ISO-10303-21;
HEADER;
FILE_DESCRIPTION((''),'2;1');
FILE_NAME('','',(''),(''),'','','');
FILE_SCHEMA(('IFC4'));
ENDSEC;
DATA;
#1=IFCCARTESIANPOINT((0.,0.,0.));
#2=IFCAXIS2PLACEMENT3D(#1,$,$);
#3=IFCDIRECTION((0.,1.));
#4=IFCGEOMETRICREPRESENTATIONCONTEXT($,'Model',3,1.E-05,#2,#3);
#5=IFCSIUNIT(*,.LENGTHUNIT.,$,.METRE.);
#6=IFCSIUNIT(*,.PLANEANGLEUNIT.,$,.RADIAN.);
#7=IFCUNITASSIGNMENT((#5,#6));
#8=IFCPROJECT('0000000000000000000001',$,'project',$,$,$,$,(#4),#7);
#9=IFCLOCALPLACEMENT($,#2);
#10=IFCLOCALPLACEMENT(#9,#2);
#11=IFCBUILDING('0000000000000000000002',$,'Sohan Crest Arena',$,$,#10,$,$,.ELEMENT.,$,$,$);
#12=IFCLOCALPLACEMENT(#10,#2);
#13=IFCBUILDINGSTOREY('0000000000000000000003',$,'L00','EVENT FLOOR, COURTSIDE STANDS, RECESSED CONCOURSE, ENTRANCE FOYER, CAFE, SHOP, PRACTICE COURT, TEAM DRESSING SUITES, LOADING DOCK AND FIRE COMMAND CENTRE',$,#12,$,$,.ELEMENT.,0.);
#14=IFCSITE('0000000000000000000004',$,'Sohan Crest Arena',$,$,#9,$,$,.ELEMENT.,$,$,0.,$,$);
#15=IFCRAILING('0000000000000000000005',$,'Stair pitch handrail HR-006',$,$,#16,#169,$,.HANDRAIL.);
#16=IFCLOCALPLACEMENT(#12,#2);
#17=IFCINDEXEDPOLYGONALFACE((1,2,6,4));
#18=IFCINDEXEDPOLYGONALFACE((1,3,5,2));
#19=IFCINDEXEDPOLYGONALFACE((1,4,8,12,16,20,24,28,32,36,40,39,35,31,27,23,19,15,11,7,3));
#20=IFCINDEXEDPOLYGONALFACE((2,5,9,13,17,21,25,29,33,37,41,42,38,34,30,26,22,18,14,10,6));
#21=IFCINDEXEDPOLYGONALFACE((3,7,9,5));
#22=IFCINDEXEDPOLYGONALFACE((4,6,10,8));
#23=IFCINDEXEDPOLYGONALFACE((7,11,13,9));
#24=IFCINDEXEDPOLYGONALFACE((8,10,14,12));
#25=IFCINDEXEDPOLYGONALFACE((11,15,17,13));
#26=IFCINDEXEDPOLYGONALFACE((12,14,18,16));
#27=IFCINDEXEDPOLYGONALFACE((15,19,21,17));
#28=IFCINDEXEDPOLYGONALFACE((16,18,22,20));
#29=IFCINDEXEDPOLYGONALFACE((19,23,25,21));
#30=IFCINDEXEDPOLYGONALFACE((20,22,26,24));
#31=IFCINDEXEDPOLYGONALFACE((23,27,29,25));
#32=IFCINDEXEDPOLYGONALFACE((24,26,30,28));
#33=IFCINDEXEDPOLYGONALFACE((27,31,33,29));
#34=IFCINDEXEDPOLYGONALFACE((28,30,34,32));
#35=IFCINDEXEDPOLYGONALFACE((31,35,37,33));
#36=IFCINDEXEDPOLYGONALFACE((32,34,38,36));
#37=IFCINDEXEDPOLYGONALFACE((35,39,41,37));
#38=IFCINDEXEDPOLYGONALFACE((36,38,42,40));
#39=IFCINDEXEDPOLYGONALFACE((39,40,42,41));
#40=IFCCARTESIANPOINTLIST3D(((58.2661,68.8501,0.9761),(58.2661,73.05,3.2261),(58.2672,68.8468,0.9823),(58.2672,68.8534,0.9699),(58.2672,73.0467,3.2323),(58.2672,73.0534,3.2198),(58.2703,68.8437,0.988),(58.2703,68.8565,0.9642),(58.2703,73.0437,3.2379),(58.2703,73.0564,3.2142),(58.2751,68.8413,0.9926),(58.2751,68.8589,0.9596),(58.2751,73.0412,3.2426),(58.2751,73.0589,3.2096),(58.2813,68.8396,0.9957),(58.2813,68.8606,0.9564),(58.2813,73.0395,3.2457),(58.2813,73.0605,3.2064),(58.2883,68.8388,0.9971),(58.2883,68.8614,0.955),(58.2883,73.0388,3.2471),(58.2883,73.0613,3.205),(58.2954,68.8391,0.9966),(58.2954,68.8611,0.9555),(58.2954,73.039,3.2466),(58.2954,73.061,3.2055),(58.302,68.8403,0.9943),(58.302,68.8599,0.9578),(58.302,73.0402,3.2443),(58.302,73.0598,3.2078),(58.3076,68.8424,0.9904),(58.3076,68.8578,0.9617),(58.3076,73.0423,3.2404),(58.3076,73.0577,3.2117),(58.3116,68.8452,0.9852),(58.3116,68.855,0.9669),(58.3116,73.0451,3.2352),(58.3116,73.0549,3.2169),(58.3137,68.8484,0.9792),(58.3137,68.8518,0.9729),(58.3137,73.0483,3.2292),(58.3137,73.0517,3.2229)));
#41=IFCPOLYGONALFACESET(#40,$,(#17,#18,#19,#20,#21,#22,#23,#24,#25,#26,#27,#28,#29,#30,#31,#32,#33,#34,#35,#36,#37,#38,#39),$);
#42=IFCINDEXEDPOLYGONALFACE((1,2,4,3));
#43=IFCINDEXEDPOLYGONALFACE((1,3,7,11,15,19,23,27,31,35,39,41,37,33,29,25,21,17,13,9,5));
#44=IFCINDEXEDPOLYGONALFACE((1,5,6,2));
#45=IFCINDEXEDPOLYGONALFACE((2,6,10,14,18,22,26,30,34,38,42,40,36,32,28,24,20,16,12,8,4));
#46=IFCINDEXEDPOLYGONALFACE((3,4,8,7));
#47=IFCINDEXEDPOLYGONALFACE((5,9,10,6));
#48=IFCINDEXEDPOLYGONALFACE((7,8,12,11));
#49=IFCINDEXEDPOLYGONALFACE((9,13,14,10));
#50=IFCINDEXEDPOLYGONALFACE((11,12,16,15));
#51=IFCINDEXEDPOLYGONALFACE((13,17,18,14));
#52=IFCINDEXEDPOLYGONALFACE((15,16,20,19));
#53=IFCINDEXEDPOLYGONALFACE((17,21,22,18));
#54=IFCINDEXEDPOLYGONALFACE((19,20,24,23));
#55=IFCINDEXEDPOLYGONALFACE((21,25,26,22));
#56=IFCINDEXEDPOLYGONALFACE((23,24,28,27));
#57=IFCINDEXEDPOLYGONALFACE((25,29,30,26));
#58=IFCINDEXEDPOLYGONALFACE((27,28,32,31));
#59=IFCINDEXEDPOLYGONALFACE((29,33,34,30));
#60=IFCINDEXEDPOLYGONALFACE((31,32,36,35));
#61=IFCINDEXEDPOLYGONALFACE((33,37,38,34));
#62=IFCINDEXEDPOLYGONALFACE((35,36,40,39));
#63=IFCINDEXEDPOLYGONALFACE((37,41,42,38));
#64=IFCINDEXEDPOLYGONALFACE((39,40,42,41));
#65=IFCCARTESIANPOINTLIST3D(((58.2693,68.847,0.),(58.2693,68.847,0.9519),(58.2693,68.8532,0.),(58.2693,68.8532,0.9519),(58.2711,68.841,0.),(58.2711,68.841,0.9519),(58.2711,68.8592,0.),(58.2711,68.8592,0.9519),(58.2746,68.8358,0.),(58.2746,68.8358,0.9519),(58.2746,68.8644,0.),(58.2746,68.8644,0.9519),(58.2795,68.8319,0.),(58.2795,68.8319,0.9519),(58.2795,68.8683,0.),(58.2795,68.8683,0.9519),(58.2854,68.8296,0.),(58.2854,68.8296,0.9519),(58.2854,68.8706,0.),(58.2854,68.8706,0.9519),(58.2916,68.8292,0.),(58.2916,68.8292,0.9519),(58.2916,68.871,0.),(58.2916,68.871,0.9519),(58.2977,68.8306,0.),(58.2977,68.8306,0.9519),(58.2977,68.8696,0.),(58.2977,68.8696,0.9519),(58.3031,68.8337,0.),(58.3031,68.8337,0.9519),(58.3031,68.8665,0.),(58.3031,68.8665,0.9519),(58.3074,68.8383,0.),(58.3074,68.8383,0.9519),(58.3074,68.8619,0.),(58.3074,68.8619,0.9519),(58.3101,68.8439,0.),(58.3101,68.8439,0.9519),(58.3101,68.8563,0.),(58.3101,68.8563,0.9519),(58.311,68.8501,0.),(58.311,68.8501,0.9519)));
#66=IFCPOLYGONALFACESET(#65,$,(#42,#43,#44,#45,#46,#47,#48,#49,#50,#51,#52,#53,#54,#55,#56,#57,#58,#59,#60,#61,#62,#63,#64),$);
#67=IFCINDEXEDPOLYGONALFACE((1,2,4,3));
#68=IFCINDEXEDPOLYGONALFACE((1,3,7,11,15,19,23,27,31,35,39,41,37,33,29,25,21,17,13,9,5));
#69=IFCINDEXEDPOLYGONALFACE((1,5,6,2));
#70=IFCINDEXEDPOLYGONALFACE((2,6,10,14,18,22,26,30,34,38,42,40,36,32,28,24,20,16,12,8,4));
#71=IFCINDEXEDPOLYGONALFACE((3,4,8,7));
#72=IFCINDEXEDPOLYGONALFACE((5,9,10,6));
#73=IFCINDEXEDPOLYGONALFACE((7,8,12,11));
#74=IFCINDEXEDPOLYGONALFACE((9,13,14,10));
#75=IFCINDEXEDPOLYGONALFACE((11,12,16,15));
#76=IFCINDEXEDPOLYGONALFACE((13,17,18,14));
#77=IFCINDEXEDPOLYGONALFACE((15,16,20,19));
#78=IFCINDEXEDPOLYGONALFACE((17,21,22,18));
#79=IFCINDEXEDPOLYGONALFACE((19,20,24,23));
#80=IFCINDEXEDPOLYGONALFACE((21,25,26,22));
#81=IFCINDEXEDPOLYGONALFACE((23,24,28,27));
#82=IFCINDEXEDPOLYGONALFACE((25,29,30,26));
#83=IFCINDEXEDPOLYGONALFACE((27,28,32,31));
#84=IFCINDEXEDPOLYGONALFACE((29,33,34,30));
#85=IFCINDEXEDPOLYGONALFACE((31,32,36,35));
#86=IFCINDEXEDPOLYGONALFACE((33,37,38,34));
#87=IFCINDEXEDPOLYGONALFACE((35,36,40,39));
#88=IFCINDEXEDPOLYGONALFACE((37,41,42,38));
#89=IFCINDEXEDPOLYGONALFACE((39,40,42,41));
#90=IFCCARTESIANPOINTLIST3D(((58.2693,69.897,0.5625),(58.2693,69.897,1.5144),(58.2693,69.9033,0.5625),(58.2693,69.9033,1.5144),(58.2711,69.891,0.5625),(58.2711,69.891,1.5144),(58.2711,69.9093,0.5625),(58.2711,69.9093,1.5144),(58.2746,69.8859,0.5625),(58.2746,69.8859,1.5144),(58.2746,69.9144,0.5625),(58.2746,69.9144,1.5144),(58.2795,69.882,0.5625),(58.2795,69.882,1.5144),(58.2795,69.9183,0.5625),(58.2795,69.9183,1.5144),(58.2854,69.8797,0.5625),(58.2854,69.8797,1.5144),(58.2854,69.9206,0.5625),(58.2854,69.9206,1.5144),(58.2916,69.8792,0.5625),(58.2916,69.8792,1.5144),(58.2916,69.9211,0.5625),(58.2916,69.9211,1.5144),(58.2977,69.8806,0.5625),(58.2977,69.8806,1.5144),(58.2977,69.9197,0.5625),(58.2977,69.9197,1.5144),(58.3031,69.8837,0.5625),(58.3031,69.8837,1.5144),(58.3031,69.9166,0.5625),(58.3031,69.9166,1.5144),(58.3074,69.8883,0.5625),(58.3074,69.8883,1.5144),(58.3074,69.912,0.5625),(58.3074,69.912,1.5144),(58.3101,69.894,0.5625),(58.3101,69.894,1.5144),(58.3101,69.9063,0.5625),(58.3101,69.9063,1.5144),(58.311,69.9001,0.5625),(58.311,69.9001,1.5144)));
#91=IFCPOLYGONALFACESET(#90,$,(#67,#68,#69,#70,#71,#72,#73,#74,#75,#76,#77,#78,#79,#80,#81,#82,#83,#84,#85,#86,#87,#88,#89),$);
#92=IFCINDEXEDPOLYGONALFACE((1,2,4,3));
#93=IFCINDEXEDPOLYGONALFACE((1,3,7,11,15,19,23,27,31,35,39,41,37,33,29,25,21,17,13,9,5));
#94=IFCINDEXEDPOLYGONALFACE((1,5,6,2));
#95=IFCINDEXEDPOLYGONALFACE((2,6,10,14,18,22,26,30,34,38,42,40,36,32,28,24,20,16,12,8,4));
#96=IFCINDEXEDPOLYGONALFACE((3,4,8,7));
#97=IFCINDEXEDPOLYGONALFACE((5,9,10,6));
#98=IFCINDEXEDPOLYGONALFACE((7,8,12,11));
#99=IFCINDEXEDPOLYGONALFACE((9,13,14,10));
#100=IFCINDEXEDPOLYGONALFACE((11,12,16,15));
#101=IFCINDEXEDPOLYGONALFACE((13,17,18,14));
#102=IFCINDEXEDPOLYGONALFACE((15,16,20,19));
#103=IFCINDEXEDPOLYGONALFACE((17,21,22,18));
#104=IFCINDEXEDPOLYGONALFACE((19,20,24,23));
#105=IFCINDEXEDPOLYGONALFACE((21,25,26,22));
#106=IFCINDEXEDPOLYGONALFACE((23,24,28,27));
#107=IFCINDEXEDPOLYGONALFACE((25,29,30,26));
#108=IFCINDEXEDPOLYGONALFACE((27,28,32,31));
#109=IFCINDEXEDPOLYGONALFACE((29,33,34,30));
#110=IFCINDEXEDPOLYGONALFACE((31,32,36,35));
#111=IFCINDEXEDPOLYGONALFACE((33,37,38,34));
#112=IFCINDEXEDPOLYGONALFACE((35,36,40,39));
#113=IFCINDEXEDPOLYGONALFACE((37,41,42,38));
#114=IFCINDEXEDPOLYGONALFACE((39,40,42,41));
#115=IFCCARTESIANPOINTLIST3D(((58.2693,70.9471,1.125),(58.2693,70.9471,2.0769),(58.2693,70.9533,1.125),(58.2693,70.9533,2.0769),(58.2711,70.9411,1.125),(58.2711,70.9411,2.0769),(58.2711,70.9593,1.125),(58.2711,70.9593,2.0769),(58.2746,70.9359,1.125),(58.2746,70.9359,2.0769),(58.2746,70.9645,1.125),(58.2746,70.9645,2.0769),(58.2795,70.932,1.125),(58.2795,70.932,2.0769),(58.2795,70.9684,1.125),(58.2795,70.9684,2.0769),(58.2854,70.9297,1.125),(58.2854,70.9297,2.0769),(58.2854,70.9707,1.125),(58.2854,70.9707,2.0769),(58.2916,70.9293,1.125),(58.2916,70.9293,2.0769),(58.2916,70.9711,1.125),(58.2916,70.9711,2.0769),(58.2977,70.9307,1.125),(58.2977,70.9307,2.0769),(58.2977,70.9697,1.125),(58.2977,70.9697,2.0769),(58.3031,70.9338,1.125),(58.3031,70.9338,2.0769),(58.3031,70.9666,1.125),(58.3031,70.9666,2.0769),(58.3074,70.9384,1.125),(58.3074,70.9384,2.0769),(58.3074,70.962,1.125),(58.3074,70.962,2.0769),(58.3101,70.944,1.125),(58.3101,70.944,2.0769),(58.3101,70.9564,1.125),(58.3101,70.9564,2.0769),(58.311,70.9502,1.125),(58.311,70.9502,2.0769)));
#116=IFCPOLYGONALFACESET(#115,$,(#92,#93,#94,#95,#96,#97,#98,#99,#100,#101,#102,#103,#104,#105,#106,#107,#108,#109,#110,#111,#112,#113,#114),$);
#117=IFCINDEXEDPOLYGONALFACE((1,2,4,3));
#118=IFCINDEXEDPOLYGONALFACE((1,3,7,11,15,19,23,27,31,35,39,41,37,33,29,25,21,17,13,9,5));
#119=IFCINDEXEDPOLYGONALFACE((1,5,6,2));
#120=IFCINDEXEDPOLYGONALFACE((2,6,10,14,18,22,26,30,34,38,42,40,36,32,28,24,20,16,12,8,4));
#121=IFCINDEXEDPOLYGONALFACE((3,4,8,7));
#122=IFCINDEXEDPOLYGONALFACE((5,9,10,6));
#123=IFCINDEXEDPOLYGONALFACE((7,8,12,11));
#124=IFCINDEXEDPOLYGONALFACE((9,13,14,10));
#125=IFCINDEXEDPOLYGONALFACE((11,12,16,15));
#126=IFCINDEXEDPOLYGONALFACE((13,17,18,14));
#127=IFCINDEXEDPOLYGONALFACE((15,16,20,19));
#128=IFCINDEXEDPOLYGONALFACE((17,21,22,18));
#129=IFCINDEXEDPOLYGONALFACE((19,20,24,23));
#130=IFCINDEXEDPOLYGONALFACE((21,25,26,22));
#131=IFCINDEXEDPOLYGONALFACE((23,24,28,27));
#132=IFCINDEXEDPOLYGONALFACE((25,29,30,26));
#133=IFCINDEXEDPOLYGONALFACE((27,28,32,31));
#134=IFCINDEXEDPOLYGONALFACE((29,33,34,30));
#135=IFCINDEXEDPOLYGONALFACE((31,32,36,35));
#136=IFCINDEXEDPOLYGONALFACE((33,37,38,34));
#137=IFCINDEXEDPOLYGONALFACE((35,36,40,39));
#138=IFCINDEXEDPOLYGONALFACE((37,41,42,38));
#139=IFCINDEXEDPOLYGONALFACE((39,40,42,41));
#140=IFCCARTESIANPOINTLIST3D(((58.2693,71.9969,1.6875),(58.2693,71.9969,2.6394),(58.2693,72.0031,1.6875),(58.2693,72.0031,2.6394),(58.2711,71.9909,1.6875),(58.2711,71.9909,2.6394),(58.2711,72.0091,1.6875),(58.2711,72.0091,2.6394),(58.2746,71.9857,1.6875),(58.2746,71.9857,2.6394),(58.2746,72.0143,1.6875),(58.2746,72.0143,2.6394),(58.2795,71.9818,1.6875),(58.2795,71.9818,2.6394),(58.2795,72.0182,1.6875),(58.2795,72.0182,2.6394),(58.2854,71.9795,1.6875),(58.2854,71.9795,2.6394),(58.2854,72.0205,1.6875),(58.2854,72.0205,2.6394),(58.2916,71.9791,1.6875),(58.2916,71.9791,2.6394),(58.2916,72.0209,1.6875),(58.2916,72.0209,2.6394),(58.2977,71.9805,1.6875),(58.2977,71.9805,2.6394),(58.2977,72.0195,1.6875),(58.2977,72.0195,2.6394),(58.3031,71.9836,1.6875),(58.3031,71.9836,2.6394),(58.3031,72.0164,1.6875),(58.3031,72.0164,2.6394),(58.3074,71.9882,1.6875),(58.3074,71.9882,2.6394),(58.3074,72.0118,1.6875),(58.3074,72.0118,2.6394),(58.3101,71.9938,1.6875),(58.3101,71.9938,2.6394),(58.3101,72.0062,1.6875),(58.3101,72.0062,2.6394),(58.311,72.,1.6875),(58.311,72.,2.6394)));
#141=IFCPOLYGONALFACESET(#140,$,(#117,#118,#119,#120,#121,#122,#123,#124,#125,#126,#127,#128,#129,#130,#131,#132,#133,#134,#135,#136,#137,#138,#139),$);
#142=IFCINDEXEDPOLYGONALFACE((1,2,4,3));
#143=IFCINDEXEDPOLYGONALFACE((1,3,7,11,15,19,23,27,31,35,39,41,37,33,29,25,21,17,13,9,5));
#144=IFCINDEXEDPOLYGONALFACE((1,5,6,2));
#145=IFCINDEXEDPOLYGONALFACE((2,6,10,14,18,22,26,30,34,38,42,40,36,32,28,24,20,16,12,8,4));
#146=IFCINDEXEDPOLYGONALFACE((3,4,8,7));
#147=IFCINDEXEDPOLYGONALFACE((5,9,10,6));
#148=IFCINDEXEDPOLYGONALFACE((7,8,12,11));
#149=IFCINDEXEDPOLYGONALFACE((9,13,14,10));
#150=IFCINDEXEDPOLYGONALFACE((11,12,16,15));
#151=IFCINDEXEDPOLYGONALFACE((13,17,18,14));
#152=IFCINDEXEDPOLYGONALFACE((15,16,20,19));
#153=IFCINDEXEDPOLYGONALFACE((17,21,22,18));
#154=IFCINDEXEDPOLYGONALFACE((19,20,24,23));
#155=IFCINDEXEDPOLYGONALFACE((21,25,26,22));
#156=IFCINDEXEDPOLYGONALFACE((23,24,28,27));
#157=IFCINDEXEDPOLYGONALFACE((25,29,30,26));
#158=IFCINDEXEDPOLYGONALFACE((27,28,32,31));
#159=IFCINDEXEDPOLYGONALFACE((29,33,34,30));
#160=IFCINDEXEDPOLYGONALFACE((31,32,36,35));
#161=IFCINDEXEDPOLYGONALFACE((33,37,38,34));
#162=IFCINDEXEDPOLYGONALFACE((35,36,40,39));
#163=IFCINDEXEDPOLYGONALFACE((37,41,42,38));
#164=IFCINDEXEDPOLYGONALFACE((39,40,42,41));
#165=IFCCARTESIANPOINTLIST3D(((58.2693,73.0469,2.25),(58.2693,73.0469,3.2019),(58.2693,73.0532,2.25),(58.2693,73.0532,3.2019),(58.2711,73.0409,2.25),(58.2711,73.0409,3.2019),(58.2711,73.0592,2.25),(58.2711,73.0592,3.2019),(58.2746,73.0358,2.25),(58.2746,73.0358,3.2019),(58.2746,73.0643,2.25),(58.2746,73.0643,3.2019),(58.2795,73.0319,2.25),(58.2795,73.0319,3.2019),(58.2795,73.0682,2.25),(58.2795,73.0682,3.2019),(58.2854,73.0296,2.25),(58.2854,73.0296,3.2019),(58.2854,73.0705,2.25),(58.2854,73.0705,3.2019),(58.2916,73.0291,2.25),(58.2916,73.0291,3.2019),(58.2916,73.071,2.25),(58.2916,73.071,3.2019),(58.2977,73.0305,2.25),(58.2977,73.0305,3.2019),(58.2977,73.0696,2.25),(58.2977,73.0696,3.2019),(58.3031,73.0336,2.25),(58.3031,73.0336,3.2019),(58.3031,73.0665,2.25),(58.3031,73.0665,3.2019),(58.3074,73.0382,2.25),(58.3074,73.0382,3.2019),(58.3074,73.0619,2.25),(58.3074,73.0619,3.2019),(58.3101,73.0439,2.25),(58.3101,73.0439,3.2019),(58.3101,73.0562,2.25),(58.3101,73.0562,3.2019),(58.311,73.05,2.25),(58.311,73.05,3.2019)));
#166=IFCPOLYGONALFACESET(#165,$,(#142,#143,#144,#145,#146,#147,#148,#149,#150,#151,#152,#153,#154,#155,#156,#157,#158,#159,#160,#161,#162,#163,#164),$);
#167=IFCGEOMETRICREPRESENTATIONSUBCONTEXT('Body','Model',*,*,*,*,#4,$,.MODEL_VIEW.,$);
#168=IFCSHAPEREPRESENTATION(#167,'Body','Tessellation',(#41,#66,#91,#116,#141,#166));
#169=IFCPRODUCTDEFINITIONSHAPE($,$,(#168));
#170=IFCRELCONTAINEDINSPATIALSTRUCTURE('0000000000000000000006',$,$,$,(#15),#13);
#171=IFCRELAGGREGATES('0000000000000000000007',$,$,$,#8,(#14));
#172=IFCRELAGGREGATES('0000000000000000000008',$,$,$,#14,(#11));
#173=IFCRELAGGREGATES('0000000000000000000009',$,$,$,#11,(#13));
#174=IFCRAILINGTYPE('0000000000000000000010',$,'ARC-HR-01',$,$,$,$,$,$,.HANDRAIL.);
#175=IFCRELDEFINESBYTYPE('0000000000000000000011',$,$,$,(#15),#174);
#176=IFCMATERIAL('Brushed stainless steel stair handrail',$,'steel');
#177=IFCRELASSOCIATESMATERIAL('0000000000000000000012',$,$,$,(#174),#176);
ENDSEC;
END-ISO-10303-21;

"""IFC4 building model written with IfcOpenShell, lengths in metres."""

from ifc_helpers import new_model, si_unit, direction, frame, origin, origin_2d, place, context, subcontext, project, spatial, circle, extrude, material, type_object, element, save


model = new_model("IFC4")

# Units and contexts
model_context = context("Model", 3, precision=1e-05, world=origin(), true_north=direction((0.0, 1.0)))
body_context = subcontext(model_context, "Body", "Model", "MODEL_VIEW")
ifc_project = project(units=[si_unit("LENGTHUNIT", "METRE"), si_unit("PLANEANGLEUNIT", "RADIAN")], contexts=[model_context])

# Site, building, storey
site_placement = place(None, origin())
site = spatial("IfcSite", under=ifc_project, at=site_placement, Name="Sohan Crest Arena", CompositionType="ELEMENT", RefElevation=0.0)
building_placement = place(site_placement, origin())
building = spatial("IfcBuilding", under=site, at=building_placement, Name="Sohan Crest Arena", CompositionType="ELEMENT")
storey_placement = place(building_placement, origin())
storey = spatial("IfcBuildingStorey", under=building, at=storey_placement, Name="L00", Description="EVENT FLOOR, COURTSIDE STANDS, RECESSED CONCOURSE, ENTRANCE FOYER, CAFE, SHOP, PRACTICE COURT, TEAM DRESSING SUITES, LOADING DOCK AND FIRE COMMAND CENTRE", CompositionType="ELEMENT", Elevation=0.0)

# Railing
ifc_material_1 = material(Name="Brushed stainless steel stair handrail", Category="steel")
railing_type_1 = type_object("IfcRailingType", Name="ARC-HR-01", PredefinedType="HANDRAIL", material=ifc_material_1)
for number, where, name in (
    (1, (58.29, 68.8501, 0.0), "Stair pitch handrail HR-006"),
):
    element("IfcRailing", number, at=place(storey_placement, frame(where)), inside=storey, type_object=railing_type_1, Name=name, PredefinedType="HANDRAIL", context=body_context, shape_type="SweptSolid", body=[
        extrude(circle(Radius=0.0239, at=origin_2d()), frame((0.0, 0.0, 0.9761), z_axis=(0.0, 0.881478, 0.472226), x_axis=(-1.0, 0.0, 0.0)), (0.0, 0.0, 1.0), 4.7646),
        extrude(circle(Radius=0.021, at=origin_2d()), origin(), (0.0, 0.0, 1.0), 0.9519),
        extrude(circle(Radius=0.021, at=origin_2d()), frame((0.0, 1.05, 0.5625)), (0.0, 0.0, 1.0), 0.9519),
        extrude(circle(Radius=0.021, at=origin_2d()), frame((0.0, 2.1001, 1.125)), (0.0, 0.0, 1.0), 0.9519),
        extrude(circle(Radius=0.021, at=origin_2d()), frame((0.0, 3.1499, 1.6875)), (0.0, 0.0, 1.0), 0.9519),
        extrude(circle(Radius=0.021, at=origin_2d()), frame((0.0, 4.2, 2.25)), (0.0, 0.0, 1.0), 0.9519),
    ])

save(model, "model.ifc")
